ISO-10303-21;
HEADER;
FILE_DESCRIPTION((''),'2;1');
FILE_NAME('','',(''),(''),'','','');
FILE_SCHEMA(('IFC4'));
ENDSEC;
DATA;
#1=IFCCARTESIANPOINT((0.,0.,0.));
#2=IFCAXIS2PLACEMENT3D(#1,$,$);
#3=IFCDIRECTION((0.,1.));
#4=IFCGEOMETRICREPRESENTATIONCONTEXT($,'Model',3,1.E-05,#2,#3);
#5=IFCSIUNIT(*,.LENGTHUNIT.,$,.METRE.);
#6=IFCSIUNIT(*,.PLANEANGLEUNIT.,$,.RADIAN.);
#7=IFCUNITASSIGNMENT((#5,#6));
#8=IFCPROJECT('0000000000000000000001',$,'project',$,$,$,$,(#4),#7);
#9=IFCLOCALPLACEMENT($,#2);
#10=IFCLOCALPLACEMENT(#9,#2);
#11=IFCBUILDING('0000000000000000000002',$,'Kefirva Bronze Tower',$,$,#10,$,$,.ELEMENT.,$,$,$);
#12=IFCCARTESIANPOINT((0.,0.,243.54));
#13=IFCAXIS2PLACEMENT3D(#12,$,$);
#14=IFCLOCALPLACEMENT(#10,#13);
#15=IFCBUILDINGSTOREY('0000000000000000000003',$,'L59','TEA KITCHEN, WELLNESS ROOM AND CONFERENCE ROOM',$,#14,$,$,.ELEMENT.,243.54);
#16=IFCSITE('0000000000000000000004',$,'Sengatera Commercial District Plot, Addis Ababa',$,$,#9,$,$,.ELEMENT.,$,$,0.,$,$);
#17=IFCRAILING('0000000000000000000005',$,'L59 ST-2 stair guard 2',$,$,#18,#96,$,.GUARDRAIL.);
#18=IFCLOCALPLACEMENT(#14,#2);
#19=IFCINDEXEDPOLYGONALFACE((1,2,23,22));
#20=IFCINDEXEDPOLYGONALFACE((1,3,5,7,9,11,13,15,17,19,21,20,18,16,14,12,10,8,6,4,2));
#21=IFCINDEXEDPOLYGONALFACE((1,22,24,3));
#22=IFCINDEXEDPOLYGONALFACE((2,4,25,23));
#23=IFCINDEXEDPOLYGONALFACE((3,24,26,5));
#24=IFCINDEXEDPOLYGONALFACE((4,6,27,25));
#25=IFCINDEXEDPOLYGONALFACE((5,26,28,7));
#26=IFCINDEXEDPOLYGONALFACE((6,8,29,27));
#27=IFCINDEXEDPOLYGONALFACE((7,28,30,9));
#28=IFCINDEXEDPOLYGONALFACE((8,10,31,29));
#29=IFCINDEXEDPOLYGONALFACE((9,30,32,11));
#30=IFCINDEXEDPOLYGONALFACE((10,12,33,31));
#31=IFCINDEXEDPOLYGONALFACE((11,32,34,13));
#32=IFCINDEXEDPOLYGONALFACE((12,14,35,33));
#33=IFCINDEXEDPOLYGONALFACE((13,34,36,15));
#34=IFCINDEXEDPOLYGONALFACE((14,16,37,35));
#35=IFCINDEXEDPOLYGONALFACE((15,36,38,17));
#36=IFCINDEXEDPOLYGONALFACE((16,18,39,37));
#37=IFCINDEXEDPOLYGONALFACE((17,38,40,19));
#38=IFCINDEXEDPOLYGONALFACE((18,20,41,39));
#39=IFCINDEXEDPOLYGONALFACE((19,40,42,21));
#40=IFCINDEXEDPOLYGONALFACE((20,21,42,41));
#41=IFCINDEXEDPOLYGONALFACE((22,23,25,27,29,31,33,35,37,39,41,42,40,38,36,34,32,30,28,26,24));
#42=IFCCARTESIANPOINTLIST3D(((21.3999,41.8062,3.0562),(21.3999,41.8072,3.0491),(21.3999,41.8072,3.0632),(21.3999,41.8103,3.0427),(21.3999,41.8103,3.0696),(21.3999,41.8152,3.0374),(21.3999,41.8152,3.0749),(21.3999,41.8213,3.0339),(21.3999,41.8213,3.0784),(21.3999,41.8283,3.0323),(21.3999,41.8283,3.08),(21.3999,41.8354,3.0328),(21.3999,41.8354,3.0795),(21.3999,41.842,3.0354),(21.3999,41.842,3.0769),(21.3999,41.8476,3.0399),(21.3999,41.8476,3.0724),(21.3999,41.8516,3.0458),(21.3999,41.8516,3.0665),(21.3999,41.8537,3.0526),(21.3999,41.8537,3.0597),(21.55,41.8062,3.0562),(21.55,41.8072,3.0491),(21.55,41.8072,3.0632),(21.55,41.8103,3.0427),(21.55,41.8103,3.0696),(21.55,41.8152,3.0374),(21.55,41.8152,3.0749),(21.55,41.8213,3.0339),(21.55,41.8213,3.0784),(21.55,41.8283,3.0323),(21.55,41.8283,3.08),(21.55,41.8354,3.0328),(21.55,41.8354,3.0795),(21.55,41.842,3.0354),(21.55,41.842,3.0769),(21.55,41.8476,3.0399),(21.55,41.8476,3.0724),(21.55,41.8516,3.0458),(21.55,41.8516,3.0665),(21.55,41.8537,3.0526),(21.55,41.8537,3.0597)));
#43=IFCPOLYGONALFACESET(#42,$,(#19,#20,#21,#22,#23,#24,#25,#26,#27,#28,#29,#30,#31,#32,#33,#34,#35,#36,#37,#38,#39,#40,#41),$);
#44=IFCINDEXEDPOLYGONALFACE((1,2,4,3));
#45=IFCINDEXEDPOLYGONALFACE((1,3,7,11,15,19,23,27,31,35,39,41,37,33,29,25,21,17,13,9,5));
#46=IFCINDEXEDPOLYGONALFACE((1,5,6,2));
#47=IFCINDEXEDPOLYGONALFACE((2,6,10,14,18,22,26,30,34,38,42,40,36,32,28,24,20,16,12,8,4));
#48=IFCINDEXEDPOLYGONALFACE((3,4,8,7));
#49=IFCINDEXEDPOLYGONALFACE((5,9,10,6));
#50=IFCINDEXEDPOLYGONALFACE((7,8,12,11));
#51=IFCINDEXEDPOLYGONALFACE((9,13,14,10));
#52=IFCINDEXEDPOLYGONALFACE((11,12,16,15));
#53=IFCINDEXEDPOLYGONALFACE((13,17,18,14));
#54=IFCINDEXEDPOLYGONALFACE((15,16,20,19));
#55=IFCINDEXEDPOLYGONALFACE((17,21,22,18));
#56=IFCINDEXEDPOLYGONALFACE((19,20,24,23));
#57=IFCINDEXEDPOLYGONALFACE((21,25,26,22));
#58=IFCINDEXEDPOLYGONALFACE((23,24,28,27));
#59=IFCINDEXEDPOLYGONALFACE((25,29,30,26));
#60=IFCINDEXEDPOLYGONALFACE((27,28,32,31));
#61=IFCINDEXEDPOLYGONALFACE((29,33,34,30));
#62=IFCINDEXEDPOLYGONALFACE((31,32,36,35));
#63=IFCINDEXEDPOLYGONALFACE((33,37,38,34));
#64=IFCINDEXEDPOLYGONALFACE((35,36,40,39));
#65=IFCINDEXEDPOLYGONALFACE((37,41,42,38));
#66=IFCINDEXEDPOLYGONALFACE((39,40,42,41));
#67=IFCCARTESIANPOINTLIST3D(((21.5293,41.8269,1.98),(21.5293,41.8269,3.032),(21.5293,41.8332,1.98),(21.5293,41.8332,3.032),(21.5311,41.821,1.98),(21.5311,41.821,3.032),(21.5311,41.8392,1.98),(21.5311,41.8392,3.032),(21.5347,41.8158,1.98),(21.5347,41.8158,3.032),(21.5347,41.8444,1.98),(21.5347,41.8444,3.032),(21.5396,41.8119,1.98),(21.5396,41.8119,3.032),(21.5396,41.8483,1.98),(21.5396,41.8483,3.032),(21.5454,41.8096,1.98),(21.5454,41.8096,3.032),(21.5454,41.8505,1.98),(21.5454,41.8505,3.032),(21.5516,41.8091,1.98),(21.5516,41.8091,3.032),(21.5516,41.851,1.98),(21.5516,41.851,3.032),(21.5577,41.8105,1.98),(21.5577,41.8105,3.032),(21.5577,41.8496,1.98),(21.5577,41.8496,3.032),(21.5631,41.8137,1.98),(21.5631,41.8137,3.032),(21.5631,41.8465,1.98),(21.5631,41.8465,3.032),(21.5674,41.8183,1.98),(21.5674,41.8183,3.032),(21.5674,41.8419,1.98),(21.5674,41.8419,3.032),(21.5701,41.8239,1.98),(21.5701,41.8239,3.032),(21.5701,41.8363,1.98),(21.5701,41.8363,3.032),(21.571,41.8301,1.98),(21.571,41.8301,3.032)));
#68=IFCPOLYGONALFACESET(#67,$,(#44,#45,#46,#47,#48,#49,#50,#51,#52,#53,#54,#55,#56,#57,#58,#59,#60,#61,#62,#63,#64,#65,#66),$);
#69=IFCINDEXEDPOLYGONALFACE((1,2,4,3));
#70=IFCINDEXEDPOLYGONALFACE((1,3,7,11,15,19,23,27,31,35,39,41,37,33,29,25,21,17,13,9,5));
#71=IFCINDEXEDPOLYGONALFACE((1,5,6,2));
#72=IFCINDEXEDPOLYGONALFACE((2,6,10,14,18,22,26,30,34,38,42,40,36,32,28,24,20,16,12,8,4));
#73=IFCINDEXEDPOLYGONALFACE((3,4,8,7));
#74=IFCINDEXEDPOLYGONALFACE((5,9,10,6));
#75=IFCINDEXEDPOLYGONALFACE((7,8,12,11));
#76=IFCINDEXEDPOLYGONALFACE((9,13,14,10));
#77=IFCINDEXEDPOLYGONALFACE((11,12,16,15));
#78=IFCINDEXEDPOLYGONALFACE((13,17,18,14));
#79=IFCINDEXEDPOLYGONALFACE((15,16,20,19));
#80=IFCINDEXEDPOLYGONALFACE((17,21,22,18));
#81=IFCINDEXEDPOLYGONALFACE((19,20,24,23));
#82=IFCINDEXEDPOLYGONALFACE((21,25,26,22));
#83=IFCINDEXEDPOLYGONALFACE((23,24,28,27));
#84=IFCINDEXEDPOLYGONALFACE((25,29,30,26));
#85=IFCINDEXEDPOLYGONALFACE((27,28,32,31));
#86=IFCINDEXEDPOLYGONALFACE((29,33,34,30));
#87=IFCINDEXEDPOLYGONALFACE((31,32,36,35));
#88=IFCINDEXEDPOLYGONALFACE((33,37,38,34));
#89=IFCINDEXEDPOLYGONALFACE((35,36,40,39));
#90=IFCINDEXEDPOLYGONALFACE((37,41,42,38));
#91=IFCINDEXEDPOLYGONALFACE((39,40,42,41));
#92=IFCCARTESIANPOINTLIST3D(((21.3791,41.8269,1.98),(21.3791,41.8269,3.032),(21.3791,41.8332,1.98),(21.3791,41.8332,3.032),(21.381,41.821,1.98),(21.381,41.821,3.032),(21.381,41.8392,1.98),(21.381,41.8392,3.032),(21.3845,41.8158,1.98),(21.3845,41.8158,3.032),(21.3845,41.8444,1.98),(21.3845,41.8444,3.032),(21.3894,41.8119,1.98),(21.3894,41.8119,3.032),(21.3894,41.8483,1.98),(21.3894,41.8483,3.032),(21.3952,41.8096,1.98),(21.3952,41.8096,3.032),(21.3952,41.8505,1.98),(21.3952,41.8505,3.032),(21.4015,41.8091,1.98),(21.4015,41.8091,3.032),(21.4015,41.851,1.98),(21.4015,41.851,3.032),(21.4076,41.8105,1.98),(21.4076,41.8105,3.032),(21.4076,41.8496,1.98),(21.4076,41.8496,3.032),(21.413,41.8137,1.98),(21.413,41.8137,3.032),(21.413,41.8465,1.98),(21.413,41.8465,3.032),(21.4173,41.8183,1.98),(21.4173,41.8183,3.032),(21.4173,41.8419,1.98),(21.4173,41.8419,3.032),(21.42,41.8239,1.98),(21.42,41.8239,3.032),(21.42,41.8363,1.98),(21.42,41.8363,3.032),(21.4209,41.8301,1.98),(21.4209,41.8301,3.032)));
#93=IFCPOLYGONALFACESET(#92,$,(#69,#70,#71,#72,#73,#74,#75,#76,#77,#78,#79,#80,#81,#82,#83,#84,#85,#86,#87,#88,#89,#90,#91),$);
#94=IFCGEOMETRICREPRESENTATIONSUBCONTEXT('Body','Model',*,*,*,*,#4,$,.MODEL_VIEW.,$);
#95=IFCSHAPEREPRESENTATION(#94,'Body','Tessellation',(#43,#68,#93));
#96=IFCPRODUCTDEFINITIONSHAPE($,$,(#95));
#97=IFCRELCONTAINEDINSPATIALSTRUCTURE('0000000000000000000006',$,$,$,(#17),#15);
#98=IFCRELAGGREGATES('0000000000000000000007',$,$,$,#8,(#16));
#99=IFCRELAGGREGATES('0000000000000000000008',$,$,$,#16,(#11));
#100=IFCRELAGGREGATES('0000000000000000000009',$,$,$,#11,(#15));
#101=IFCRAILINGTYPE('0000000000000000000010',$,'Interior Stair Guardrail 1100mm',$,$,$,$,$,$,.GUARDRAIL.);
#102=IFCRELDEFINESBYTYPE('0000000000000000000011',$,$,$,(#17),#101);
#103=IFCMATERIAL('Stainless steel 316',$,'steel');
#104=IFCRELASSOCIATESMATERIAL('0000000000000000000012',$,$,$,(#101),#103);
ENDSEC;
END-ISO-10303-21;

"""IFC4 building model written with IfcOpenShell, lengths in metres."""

from ifc_helpers import new_model, si_unit, direction, frame, origin, origin_2d, place, context, subcontext, project, spatial, circle, extrude, material, type_object, element, save


model = new_model("IFC4")

# Units and contexts
model_context = context("Model", 3, precision=1e-05, world=origin(), true_north=direction((0.0, 1.0)))
body_context = subcontext(model_context, "Body", "Model", "MODEL_VIEW")
ifc_project = project(units=[si_unit("LENGTHUNIT", "METRE"), si_unit("PLANEANGLEUNIT", "RADIAN")], contexts=[model_context])

# Site, building, storey
site_placement = place(None, origin())
site = spatial("IfcSite", under=ifc_project, at=site_placement, Name="Sengatera Commercial District Plot, Addis Ababa", CompositionType="ELEMENT", RefElevation=0.0)
building_placement = place(site_placement, origin())
building = spatial("IfcBuilding", under=site, at=building_placement, Name="Kefirva Bronze Tower", CompositionType="ELEMENT")
storey_placement = place(building_placement, frame((0.0, 0.0, 243.54)))
storey = spatial("IfcBuildingStorey", under=building, at=storey_placement, Name="L59", Description="TEA KITCHEN, WELLNESS ROOM AND CONFERENCE ROOM", CompositionType="ELEMENT", Elevation=243.54)

# Shared definitions
ifc_material_1 = material(Name="Stainless steel 316", Category="steel")

# Railing
railing_type_1 = type_object("IfcRailingType", Name="Interior Stair Guardrail 1100mm", PredefinedType="GUARDRAIL", material=ifc_material_1)
railing_1_placement = place(storey_placement, frame((21.55, 41.8301, 1.98)))
element("IfcRailing", 1, at=railing_1_placement, inside=storey, type_object=railing_type_1, Name="L59 ST-2 stair guard 2", PredefinedType="GUARDRAIL", context=body_context, shape_type="SweptSolid", body=[
    extrude(circle(Radius=0.0239, at=origin_2d()), frame((0.0, 0.0, 1.0762), z_axis=(-1.0, 0.0, 0.0), x_axis=(0.0, -1.0, 0.0)), (0.0, 0.0, 1.0), 0.1501),
    extrude(circle(Radius=0.021, at=origin_2d()), origin(), (0.0, 0.0, 1.0), 1.052),
    extrude(circle(Radius=0.021, at=origin_2d()), frame((-0.1501, 0.0, 0.0)), (0.0, 0.0, 1.0), 1.052),
])

save(model, "model.ifc")
